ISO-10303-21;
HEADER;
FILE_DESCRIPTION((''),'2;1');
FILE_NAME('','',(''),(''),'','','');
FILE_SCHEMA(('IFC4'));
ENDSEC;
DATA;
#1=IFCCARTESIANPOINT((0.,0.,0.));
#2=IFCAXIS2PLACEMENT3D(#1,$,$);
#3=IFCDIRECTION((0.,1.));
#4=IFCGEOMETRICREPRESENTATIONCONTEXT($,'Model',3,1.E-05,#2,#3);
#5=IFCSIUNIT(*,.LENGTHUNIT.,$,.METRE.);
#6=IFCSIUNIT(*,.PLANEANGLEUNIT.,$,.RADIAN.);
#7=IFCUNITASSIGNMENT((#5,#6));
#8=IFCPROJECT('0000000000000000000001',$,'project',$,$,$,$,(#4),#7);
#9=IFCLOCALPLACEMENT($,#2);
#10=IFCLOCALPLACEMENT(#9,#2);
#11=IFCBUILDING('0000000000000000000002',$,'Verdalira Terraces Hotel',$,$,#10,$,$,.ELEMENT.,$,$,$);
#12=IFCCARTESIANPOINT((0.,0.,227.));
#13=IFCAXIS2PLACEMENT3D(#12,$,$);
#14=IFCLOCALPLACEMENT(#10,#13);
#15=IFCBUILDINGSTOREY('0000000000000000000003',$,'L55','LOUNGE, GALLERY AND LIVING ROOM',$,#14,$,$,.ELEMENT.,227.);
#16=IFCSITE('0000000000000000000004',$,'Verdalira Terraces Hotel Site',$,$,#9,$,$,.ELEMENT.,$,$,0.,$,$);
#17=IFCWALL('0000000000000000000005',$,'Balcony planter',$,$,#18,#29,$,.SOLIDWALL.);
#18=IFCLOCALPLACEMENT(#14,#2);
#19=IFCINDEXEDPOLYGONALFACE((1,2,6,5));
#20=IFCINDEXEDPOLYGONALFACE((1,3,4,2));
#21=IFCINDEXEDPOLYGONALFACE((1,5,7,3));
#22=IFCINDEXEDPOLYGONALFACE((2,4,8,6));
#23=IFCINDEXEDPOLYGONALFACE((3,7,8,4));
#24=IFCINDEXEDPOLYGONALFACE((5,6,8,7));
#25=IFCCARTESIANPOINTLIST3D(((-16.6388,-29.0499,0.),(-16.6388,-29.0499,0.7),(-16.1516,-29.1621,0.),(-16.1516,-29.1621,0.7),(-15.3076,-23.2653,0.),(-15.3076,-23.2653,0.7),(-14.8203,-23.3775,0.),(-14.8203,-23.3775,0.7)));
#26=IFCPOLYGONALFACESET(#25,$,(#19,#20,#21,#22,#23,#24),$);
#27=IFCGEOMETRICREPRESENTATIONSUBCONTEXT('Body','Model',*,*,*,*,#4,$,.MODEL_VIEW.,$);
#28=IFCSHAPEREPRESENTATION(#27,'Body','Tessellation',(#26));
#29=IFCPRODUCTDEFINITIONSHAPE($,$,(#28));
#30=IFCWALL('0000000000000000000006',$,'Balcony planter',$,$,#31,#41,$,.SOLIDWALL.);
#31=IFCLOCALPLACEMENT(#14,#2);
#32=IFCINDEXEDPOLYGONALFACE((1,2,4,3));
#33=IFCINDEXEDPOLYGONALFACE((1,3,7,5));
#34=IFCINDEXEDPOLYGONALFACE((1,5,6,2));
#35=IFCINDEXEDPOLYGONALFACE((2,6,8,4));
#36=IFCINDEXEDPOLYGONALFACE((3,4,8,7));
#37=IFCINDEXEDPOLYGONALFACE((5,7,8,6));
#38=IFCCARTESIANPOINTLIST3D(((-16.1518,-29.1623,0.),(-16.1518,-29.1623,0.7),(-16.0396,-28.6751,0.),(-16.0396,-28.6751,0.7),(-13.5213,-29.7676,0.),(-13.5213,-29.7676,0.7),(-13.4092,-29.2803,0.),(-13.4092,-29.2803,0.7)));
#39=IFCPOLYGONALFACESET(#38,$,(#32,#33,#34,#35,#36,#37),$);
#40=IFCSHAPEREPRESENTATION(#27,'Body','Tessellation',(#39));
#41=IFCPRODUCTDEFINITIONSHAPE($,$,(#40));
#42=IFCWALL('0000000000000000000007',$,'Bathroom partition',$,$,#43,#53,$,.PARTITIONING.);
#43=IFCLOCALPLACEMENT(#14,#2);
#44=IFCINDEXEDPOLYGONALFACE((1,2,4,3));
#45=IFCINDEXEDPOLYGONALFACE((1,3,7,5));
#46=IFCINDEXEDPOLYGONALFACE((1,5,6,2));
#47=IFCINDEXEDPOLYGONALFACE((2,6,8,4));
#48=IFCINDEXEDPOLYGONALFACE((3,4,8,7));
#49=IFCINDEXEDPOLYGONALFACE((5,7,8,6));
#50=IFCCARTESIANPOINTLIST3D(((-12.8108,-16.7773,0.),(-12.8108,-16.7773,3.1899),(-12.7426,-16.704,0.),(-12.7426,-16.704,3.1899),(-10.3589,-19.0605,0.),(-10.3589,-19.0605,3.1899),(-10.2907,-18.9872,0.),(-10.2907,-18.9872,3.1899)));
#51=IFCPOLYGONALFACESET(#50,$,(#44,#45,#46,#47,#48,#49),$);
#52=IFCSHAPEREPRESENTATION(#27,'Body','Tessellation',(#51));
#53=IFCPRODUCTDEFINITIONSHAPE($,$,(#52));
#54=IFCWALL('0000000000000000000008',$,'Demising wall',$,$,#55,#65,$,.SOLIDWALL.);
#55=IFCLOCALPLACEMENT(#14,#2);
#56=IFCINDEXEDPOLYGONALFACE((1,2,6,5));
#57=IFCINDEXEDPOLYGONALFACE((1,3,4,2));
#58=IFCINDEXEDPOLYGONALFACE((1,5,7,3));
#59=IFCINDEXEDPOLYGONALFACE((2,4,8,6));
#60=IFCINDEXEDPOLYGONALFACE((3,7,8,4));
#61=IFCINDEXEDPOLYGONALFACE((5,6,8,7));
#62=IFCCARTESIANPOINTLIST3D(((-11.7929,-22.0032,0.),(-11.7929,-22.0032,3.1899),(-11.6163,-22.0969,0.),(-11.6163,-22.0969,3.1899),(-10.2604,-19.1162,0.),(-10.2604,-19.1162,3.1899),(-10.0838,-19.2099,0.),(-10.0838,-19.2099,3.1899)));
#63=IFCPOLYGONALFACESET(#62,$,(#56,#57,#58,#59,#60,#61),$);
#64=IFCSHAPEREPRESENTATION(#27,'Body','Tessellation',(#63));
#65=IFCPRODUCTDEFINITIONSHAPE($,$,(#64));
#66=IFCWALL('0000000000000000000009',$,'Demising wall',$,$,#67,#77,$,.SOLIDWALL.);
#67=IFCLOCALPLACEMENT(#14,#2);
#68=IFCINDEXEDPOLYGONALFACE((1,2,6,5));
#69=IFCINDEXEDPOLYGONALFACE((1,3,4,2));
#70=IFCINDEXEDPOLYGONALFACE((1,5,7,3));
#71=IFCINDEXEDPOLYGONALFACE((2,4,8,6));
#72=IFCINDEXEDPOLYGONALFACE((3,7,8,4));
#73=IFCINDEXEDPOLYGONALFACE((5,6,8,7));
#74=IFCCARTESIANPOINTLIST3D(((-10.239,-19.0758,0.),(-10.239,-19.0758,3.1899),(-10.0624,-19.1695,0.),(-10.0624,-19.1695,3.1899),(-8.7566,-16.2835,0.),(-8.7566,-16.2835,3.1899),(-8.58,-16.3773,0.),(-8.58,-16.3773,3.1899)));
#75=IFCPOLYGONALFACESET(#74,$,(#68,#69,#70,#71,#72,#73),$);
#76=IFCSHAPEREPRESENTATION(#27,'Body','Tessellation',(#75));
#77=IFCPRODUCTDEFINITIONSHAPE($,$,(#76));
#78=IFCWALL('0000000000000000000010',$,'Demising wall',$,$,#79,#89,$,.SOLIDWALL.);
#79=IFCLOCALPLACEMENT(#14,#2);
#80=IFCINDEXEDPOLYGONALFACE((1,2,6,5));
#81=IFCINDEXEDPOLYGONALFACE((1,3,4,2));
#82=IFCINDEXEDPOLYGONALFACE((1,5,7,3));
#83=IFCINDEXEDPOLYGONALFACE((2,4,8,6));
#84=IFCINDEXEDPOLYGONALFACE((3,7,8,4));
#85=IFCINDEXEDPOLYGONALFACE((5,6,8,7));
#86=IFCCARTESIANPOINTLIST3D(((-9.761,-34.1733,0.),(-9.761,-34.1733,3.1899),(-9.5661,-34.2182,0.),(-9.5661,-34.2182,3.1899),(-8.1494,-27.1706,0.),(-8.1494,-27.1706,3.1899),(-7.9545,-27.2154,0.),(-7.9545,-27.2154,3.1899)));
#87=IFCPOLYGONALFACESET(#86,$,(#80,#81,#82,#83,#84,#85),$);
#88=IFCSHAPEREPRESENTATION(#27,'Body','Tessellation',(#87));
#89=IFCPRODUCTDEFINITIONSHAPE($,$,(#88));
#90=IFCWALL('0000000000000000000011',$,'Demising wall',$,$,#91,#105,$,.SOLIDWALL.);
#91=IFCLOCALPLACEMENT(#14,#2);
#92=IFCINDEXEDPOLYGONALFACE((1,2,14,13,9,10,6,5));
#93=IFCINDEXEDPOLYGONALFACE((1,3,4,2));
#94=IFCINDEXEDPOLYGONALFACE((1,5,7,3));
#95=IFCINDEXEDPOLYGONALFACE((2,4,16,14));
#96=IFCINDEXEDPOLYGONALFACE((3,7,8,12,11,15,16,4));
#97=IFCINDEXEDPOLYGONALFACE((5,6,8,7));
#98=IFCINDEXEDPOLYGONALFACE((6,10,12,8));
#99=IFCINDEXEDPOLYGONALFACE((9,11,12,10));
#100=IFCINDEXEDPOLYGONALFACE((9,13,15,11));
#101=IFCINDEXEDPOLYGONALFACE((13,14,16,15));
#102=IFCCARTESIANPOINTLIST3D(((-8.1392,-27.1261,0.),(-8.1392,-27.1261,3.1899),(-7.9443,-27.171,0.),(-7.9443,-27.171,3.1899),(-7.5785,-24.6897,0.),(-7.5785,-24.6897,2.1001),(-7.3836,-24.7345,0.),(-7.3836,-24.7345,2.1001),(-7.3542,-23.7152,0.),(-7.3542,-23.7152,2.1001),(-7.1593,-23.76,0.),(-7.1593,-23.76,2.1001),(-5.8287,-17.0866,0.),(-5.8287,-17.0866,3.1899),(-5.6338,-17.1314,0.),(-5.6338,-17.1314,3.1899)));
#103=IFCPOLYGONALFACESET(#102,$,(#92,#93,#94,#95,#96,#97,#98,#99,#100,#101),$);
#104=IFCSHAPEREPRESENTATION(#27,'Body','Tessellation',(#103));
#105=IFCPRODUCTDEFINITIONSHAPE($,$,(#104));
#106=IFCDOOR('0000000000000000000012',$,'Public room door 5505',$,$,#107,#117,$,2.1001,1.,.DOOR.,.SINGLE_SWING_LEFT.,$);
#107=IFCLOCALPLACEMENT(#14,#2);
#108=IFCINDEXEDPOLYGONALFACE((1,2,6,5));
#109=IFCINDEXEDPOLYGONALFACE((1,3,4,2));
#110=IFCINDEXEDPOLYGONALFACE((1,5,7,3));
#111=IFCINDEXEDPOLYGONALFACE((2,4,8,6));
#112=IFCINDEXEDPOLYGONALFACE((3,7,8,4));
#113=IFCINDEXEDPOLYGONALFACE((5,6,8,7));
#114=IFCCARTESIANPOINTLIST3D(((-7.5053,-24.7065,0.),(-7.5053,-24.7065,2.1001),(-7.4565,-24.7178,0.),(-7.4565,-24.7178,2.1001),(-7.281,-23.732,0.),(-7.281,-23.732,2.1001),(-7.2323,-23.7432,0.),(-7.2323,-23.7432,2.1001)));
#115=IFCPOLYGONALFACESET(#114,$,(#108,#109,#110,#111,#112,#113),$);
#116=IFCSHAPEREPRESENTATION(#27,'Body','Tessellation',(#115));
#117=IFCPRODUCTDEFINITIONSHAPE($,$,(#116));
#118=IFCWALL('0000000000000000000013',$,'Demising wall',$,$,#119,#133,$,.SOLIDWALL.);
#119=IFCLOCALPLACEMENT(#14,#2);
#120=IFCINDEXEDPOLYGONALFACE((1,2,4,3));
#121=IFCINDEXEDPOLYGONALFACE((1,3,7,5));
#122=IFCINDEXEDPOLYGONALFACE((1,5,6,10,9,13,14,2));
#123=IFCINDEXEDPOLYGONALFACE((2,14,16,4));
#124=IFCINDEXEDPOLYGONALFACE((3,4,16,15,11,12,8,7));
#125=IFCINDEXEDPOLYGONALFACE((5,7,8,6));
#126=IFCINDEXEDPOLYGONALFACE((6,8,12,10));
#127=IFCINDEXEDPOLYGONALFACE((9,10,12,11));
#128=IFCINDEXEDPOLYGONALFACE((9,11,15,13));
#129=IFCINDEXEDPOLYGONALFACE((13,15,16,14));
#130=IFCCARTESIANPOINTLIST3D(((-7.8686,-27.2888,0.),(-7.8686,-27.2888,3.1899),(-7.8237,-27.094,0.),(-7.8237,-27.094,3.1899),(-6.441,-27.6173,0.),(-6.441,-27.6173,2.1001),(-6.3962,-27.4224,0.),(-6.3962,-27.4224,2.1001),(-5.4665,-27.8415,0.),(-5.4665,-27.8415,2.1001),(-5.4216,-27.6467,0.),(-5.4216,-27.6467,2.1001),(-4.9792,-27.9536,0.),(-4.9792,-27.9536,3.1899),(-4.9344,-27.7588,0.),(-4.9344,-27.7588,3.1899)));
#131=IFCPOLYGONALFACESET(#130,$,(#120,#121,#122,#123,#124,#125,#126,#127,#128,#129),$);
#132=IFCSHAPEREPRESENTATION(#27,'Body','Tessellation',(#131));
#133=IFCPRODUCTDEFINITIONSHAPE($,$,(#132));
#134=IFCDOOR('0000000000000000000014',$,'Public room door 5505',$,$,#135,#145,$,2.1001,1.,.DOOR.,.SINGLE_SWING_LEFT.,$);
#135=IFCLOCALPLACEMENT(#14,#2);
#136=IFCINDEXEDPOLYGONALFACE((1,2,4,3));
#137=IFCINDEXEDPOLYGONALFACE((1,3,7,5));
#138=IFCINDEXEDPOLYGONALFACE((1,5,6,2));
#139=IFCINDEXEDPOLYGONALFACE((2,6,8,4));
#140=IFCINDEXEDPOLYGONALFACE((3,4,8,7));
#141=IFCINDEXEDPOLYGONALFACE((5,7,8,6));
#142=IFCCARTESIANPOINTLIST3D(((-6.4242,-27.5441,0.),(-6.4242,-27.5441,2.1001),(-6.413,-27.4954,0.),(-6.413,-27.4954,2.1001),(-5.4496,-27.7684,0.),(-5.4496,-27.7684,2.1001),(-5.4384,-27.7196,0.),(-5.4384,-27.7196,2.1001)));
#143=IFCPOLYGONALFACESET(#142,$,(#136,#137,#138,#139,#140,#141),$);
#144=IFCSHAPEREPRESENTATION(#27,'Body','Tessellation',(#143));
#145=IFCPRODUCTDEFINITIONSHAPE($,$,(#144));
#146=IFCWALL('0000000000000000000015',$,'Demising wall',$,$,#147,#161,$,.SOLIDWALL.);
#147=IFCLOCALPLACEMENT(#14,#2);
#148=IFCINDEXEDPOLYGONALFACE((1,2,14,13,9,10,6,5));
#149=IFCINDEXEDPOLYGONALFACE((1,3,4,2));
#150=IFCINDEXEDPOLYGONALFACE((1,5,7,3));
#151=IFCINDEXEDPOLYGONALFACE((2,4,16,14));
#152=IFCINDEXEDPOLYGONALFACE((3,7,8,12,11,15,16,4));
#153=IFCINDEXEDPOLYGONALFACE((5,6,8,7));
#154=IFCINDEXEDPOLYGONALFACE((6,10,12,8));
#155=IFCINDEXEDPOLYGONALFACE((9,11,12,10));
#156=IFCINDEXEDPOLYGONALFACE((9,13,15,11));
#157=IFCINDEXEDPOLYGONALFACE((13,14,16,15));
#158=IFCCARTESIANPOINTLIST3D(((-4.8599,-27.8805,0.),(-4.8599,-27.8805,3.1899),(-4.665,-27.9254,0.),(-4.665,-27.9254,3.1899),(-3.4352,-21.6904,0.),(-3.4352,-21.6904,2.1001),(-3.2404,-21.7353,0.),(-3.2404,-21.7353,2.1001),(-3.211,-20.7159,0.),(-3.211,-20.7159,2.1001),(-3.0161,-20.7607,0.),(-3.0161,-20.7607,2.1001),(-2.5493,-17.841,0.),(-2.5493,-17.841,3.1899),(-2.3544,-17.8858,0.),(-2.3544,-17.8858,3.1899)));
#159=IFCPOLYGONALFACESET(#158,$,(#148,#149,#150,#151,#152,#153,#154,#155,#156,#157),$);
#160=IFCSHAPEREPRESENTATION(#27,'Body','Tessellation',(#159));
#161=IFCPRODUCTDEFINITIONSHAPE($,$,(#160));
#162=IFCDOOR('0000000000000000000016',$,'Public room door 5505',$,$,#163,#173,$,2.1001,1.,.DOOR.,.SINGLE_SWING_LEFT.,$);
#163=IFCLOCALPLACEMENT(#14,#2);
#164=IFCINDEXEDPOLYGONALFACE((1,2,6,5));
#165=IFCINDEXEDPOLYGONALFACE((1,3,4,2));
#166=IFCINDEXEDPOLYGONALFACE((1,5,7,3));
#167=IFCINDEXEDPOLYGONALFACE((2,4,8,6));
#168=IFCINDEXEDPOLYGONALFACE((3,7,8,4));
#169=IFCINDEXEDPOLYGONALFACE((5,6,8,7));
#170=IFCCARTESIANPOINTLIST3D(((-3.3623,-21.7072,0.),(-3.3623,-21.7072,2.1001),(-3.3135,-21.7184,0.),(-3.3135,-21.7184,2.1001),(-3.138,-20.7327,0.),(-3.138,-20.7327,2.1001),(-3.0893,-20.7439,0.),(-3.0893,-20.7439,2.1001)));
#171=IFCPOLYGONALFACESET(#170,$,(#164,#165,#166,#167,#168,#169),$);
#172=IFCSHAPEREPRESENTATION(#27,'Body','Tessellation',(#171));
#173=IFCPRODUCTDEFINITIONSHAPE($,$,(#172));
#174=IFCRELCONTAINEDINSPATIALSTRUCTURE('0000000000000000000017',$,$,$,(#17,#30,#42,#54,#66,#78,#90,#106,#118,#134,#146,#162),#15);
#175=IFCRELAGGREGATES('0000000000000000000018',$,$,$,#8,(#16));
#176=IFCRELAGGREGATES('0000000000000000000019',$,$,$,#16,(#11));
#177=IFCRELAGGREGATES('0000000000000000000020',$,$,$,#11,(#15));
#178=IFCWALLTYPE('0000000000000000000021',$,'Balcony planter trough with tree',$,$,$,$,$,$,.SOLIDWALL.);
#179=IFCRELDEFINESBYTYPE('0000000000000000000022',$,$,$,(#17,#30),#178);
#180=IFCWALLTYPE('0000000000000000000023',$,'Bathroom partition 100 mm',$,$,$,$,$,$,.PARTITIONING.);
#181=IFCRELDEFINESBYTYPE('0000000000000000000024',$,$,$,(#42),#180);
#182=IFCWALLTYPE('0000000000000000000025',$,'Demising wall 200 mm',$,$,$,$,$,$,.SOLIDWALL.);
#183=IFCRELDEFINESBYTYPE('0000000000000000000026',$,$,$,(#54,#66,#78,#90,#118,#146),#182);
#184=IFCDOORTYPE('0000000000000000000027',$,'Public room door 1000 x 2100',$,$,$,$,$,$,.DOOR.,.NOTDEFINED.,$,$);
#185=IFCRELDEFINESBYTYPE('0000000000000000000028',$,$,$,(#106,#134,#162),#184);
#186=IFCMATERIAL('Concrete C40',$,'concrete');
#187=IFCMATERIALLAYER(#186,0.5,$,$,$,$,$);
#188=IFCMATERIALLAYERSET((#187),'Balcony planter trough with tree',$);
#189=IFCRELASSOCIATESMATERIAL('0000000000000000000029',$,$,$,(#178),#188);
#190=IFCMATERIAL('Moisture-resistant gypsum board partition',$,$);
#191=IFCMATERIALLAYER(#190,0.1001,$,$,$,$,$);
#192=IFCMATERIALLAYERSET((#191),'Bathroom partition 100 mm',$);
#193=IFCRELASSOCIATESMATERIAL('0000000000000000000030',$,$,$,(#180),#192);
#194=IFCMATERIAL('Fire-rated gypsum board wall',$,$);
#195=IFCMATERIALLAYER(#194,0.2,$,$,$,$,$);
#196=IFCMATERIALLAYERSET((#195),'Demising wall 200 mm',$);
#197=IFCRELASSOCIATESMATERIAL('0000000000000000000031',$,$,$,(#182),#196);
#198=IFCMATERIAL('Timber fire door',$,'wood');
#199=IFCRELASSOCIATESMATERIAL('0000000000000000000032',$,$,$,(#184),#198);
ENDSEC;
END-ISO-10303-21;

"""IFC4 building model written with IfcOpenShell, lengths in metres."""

from ifc_helpers import new_model, si_unit, direction, frame, frame_2d, origin, place, context, subcontext, project, spatial, rectangle, extrude, material, layer, layer_set, type_object, element, fill, save


model = new_model("IFC4")

# Units and contexts
model_context = context("Model", 3, precision=1e-05, world=origin(), true_north=direction((0.0, 1.0)))
body_context = subcontext(model_context, "Body", "Model", "MODEL_VIEW")
ifc_project = project(units=[si_unit("LENGTHUNIT", "METRE"), si_unit("PLANEANGLEUNIT", "RADIAN")], contexts=[model_context])

# Site, building, storey
site_placement = place(None, origin())
site = spatial("IfcSite", under=ifc_project, at=site_placement, Name="Verdalira Terraces Hotel Site", CompositionType="ELEMENT", RefElevation=0.0)
building_placement = place(site_placement, origin())
building = spatial("IfcBuilding", under=site, at=building_placement, Name="Verdalira Terraces Hotel", CompositionType="ELEMENT")
storey_placement = place(building_placement, frame((0.0, 0.0, 227.0)))
storey = spatial("IfcBuildingStorey", under=building, at=storey_placement, Name="L55", Description="LOUNGE, GALLERY AND LIVING ROOM", CompositionType="ELEMENT", Elevation=227.0)

# Walls
ifc_material_1 = material(Name="Concrete C40", Category="concrete")
ifc_layer_1 = layer(ifc_material_1, 0.5)
ifc_layer_set_1 = layer_set([ifc_layer_1], Name="Balcony planter trough with tree")
wall_type_1 = type_object("IfcWallType", Name="Balcony planter trough with tree", PredefinedType="SOLIDWALL", material=ifc_layer_set_1)
wall_1_placement = place(storey_placement, frame((-15.064, -23.3215, 0.0), z_axis=(0.0, 0.0, 1.0), x_axis=(-0.22428, -0.974525, 0.0)))
element("IfcWall", 1, at=wall_1_placement, inside=storey, type_object=wall_type_1, Name="Balcony planter", PredefinedType="SOLIDWALL", context=body_context, shape_type="SweptSolid", body=[
    extrude(rectangle(XDim=5.9358, YDim=0.5, at=frame_2d((2.9678, 0.0))), origin(), (0.0, 0.0, 1.0), 0.7),
])
wall_2_placement = place(storey_placement, frame((-16.0957, -28.9187, 0.0), z_axis=(0.0, 0.0, 1.0), x_axis=(0.974536, -0.224232, 0.0)))
element("IfcWall", 2, at=wall_2_placement, inside=storey, type_object=wall_type_1, Name="Balcony planter", PredefinedType="SOLIDWALL", context=body_context, shape_type="SweptSolid", body=[
    extrude(rectangle(XDim=2.6992, YDim=0.5, at=frame_2d((1.3496, 0.0))), origin(), (0.0, 0.0, 1.0), 0.7),
])
ifc_material_2 = material(Name="Moisture-resistant gypsum board partition")
ifc_layer_2 = layer(ifc_material_2, 0.1001)
ifc_layer_set_2 = layer_set([ifc_layer_2], Name="Bathroom partition 100 mm")
wall_type_2 = type_object("IfcWallType", Name="Bathroom partition 100 mm", PredefinedType="PARTITIONING", material=ifc_layer_set_2)
wall_3_placement = place(storey_placement, frame((-10.3247, -19.0239, 0.0), z_axis=(0.0, 0.0, 1.0), x_axis=(-0.731835, 0.681482, 0.0)))
element("IfcWall", 3, at=wall_3_placement, inside=storey, type_object=wall_type_2, Name="Bathroom partition", PredefinedType="PARTITIONING", context=body_context, shape_type="SweptSolid", body=[
    extrude(rectangle(XDim=3.3503, YDim=0.1001, at=frame_2d((1.6753, 0.0))), origin(), (0.0, 0.0, 1.0), 3.1899),
])
ifc_material_3 = material(Name="Fire-rated gypsum board wall")
ifc_layer_3 = layer(ifc_material_3, 0.2)
ifc_layer_set_3 = layer_set([ifc_layer_3], Name="Demising wall 200 mm")
wall_type_3 = type_object("IfcWallType", Name="Demising wall 200 mm", PredefinedType="SOLIDWALL", material=ifc_layer_set_3)
wall_4_placement = place(storey_placement, frame((-11.7046, -22.05, 0.0), z_axis=(0.0, 0.0, 1.0), x_axis=(0.468862, 0.883271, 0.0)))
element("IfcWall", 4, at=wall_4_placement, inside=storey, type_object=wall_type_3, Name="Demising wall", PredefinedType="SOLIDWALL", context=body_context, shape_type="SweptSolid", body=[
    extrude(rectangle(XDim=3.2686, YDim=0.2, at=frame_2d((1.6343, 0.0))), origin(), (0.0, 0.0, 1.0), 3.1899),
])
wall_5_placement = place(storey_placement, frame((-10.1506, -19.1226, 0.0), z_axis=(0.0, 0.0, 1.0), x_axis=(0.46892, 0.883241, 0.0)))
element("IfcWall", 5, at=wall_5_placement, inside=storey, type_object=wall_type_3, Name="Demising wall", PredefinedType="SOLIDWALL", context=body_context, shape_type="SweptSolid", body=[
    extrude(rectangle(XDim=3.1614, YDim=0.2, at=frame_2d((1.5806, 0.0))), origin(), (0.0, 0.0, 1.0), 3.1899),
])
wall_6_placement = place(storey_placement, frame((-8.052, -27.1931, 0.0), z_axis=(0.0, 0.0, 1.0), x_axis=(-0.224274, -0.974526, 0.0)))
element("IfcWall", 6, at=wall_6_placement, inside=storey, type_object=wall_type_3, Name="Demising wall", PredefinedType="SOLIDWALL", context=body_context, shape_type="SweptSolid", body=[
    extrude(rectangle(XDim=7.1858, YDim=0.2, at=frame_2d((3.5928, 0.0))), origin(), (0.0, 0.0, 1.0), 3.1899),
])

# Walls, openings, doors
wall_7_placement = place(storey_placement, frame((-8.0417, -27.1484, 0.0), z_axis=(0.0, 0.0, 1.0), x_axis=(0.224281, 0.974524, 0.0)))
wall_7 = element("IfcWall", 7, at=wall_7_placement, inside=storey, type_object=wall_type_3, Name="Demising wall", PredefinedType="SOLIDWALL", context=body_context, shape_type="SweptSolid", body=[
    extrude(rectangle(XDim=10.302, YDim=0.2, at=frame_2d((5.1509, 0.0))), origin(), (0.0, 0.0, 1.0), 3.1899),
])
opening_1_placement = place(wall_7_placement, frame((2.5, 0.0, 0.0)))
opening_1 = element("IfcOpeningElement", 8, at=opening_1_placement, cuts=wall_7, PredefinedType="OPENING", context=body_context, shape_type="SweptSolid", body=[
    extrude(rectangle(XDim=1.0, YDim=2.1001, at=frame_2d((0.5, 1.05))), frame((0.0, 0.1099, 0.0), z_axis=(0.0, -1.0, 0.0), x_axis=(1.0, 0.0, 0.0)), (0.0, 0.0, 1.0), 0.22),
])
ifc_material_4 = material(Name="Timber fire door", Category="wood")
door_type_1 = type_object("IfcDoorType", Name="Public room door 1000 x 2100", OperationType="NOTDEFINED", PredefinedType="DOOR", material=ifc_material_4)
door_1_placement = place(opening_1_placement, origin())
door_1 = element("IfcDoor", 9, at=door_1_placement, inside=storey, type_object=door_type_1, Name="Public room door 5505", OperationType="SINGLE_SWING_LEFT", OverallHeight=2.1001, OverallWidth=1.0, PredefinedType="DOOR", context=body_context, shape_type="SweptSolid", body=[
    extrude(rectangle(XDim=1.0, YDim=2.1001, at=frame_2d((0.5, 1.05))), frame((0.0, 0.0249, 0.0), z_axis=(0.0, -1.0, 0.0), x_axis=(1.0, 0.0, 0.0)), (0.0, 0.0, 1.0), 0.05),
])
fill(opening_1, door_1)
wall_8_placement = place(storey_placement, frame((-4.9568, -27.8562, 0.0), z_axis=(0.0, 0.0, 1.0), x_axis=(-0.974538, 0.224222, 0.0)))
wall_8 = element("IfcWall", 10, at=wall_8_placement, inside=storey, type_object=wall_type_3, Name="Demising wall", PredefinedType="SOLIDWALL", context=body_context, shape_type="SweptSolid", body=[
    extrude(rectangle(XDim=2.9648, YDim=0.2, at=frame_2d((1.4824, 0.0))), origin(), (0.0, 0.0, 1.0), 3.1899),
])
opening_2_placement = place(wall_8_placement, frame((0.5, 0.0, 0.0)))
opening_2 = element("IfcOpeningElement", 11, at=opening_2_placement, cuts=wall_8, PredefinedType="OPENING", context=body_context, shape_type="SweptSolid", body=[
    extrude(rectangle(XDim=1.0, YDim=2.1001, at=frame_2d((0.5, 1.05))), frame((0.0, 0.1099, 0.0), z_axis=(0.0, -1.0, 0.0), x_axis=(1.0, 0.0, 0.0)), (0.0, 0.0, 1.0), 0.22),
])
door_2_placement = place(opening_2_placement, origin())
door_2 = element("IfcDoor", 12, at=door_2_placement, inside=storey, type_object=door_type_1, Name="Public room door 5505", OperationType="SINGLE_SWING_LEFT", OverallHeight=2.1001, OverallWidth=1.0, PredefinedType="DOOR", context=body_context, shape_type="SweptSolid", body=[
    extrude(rectangle(XDim=1.0, YDim=2.1001, at=frame_2d((0.5, 1.05))), frame((0.0, 0.0249, 0.0), z_axis=(0.0, -1.0, 0.0), x_axis=(1.0, 0.0, 0.0)), (0.0, 0.0, 1.0), 0.05),
])
fill(opening_2, door_2)
wall_9_placement = place(storey_placement, frame((-2.4519, -17.8635, 0.0), z_axis=(0.0, 0.0, 1.0), x_axis=(-0.224281, -0.974524, 0.0)))
wall_9 = element("IfcWall", 13, at=wall_9_placement, inside=storey, type_object=wall_type_3, Name="Demising wall", PredefinedType="SOLIDWALL", context=body_context, shape_type="SweptSolid", body=[
    extrude(rectangle(XDim=10.302, YDim=0.2, at=frame_2d((5.1509, 0.0))), origin(), (0.0, 0.0, 1.0), 3.1899),
])
opening_3_placement = place(wall_9_placement, frame((2.95, 0.0, 0.0)))
opening_3 = element("IfcOpeningElement", 14, at=opening_3_placement, cuts=wall_9, PredefinedType="OPENING", context=body_context, shape_type="SweptSolid", body=[
    extrude(rectangle(XDim=1.0, YDim=2.1001, at=frame_2d((0.5, 1.05))), frame((0.0, 0.1099, 0.0), z_axis=(0.0, -1.0, 0.0), x_axis=(1.0, 0.0, 0.0)), (0.0, 0.0, 1.0), 0.22),
])
door_3_placement = place(opening_3_placement, origin())
door_3 = element("IfcDoor", 15, at=door_3_placement, inside=storey, type_object=door_type_1, Name="Public room door 5505", OperationType="SINGLE_SWING_LEFT", OverallHeight=2.1001, OverallWidth=1.0, PredefinedType="DOOR", context=body_context, shape_type="SweptSolid", body=[
    extrude(rectangle(XDim=1.0, YDim=2.1001, at=frame_2d((0.5, 1.05))), frame((0.0, 0.0249, 0.0), z_axis=(0.0, -1.0, 0.0), x_axis=(1.0, 0.0, 0.0)), (0.0, 0.0, 1.0), 0.05),
])
fill(opening_3, door_3)

save(model, "model.ifc")
